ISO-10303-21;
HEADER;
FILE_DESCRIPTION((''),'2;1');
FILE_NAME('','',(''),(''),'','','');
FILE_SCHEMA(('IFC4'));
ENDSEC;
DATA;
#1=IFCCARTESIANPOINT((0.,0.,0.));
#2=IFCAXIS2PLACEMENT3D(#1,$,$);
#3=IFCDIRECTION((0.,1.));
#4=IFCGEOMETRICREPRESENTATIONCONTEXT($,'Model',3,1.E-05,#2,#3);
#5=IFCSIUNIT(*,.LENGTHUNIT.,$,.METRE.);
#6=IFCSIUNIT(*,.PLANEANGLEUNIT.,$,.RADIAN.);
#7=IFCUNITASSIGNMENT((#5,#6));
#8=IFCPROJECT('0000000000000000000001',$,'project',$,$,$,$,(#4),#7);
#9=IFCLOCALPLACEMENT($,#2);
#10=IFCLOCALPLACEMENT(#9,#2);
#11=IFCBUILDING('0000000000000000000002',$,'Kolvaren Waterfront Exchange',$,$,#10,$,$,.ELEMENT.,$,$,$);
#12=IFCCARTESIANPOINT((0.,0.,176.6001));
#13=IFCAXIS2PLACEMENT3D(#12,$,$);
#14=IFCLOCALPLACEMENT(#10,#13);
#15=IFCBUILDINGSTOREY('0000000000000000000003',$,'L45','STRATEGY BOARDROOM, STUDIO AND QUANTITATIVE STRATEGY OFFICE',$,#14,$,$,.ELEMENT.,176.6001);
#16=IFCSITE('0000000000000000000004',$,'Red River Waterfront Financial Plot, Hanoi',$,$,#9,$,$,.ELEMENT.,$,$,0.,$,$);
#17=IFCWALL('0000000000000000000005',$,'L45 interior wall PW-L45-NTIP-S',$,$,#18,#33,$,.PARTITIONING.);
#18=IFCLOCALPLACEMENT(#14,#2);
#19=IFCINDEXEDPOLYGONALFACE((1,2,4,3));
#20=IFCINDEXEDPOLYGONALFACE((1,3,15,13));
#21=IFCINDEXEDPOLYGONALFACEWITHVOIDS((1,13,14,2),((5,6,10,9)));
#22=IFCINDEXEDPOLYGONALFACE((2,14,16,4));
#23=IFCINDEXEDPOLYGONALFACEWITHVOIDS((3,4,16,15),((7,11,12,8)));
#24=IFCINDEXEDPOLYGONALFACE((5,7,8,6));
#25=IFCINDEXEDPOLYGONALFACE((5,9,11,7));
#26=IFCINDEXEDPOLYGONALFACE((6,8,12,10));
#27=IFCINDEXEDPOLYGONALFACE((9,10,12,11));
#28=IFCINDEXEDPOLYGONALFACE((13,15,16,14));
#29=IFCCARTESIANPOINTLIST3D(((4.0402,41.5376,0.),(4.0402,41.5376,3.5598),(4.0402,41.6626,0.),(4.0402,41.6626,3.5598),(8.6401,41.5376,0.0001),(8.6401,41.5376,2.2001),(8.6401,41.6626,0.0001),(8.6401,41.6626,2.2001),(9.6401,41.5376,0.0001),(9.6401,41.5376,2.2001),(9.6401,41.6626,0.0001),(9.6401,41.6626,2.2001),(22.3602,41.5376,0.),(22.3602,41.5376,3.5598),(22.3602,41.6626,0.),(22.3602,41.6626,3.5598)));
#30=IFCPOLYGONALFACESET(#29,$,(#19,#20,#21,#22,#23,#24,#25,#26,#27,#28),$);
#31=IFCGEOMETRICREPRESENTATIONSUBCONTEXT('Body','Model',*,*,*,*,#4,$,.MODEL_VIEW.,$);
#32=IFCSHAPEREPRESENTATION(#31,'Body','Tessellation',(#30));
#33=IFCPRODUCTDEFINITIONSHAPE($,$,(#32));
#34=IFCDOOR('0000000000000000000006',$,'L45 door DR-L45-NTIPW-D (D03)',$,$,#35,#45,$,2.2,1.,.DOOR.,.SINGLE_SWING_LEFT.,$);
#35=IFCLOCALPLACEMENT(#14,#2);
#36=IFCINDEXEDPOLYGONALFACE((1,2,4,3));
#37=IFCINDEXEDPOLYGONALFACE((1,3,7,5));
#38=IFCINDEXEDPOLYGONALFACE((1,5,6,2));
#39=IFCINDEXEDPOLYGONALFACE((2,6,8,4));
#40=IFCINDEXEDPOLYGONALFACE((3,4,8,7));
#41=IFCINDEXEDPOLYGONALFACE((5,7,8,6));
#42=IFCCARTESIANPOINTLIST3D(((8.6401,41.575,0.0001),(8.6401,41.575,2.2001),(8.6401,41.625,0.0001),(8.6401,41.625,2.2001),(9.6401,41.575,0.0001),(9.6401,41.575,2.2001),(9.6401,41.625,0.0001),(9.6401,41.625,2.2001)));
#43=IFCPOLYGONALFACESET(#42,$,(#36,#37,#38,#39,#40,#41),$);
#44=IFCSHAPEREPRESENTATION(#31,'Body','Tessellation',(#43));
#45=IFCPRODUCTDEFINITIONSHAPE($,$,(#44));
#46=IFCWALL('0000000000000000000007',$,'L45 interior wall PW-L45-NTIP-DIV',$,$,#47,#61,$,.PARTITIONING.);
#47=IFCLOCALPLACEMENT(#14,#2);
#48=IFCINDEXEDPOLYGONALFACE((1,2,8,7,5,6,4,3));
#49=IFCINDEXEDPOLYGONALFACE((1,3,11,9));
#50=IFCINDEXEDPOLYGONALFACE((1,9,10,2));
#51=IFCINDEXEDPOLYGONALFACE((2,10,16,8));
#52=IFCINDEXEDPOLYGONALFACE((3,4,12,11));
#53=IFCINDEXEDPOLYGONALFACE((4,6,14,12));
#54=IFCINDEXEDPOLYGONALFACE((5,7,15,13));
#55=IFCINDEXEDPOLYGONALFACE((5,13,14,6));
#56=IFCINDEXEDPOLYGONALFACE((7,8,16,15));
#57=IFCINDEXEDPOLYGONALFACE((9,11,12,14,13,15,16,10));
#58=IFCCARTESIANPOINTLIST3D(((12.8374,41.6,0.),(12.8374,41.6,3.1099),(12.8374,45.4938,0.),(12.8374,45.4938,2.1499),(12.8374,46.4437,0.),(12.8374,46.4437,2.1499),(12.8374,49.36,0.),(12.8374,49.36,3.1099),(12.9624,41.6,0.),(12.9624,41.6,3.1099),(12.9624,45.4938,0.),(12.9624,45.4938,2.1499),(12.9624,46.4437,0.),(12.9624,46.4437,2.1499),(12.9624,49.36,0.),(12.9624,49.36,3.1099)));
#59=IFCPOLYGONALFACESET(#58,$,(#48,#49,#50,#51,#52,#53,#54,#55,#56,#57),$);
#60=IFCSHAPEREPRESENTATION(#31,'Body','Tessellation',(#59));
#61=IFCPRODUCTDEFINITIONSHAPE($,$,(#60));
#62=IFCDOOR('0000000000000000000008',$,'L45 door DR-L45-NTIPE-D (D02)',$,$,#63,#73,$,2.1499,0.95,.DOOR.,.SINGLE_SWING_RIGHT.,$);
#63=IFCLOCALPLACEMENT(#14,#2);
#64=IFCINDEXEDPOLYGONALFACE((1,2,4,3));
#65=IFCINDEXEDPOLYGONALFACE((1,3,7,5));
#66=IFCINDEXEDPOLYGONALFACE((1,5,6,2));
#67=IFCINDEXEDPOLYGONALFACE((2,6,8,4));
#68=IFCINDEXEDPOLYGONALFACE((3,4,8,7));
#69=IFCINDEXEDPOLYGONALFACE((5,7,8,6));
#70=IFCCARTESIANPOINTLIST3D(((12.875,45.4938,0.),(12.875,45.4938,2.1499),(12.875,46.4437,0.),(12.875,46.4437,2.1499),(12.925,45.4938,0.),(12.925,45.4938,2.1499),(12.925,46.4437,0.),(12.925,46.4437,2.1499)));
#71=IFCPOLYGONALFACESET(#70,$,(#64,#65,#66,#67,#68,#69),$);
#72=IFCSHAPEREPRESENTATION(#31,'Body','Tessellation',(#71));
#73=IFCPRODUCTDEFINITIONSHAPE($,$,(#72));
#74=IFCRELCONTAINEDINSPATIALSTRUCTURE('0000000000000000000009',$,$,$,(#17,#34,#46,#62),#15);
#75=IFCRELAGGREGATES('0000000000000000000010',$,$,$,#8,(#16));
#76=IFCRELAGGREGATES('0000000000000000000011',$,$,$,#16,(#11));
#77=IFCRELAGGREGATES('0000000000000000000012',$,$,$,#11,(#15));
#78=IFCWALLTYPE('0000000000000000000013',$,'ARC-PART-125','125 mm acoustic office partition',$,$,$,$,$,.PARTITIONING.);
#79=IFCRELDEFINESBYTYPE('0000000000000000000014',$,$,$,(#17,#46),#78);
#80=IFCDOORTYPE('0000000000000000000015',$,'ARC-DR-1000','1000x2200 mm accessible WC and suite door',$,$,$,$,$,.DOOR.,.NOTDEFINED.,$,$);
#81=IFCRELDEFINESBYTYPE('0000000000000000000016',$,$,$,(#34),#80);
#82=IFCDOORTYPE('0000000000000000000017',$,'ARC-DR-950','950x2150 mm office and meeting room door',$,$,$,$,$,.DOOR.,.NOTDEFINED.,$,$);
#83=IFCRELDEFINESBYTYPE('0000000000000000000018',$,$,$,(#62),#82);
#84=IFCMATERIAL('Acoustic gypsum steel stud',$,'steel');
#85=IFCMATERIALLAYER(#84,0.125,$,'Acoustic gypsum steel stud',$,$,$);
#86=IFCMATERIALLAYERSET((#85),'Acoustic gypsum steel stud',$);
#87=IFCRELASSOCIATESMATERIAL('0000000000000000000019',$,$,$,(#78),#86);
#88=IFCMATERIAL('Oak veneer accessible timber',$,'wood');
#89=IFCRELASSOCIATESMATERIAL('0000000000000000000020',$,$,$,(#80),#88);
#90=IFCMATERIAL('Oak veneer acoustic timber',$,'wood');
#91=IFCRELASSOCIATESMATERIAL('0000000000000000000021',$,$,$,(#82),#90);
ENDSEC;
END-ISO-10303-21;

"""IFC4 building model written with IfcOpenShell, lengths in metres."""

from ifc_helpers import new_model, si_unit, direction, frame, frame_2d, origin, place, context, subcontext, project, spatial, rectangle, extrude, material, layer, layer_set, type_object, element, fill, save


model = new_model("IFC4")

# Units and contexts
model_context = context("Model", 3, precision=1e-05, world=origin(), true_north=direction((0.0, 1.0)))
body_context = subcontext(model_context, "Body", "Model", "MODEL_VIEW")
ifc_project = project(units=[si_unit("LENGTHUNIT", "METRE"), si_unit("PLANEANGLEUNIT", "RADIAN")], contexts=[model_context])

# Site, building, storey
site_placement = place(None, origin())
site = spatial("IfcSite", under=ifc_project, at=site_placement, Name="Red River Waterfront Financial Plot, Hanoi", CompositionType="ELEMENT", RefElevation=0.0)
building_placement = place(site_placement, origin())
building = spatial("IfcBuilding", under=site, at=building_placement, Name="Kolvaren Waterfront Exchange", CompositionType="ELEMENT")
storey_placement = place(building_placement, frame((0.0, 0.0, 176.6001)))
storey = spatial("IfcBuildingStorey", under=building, at=storey_placement, Name="L45", Description="STRATEGY BOARDROOM, STUDIO AND QUANTITATIVE STRATEGY OFFICE", CompositionType="ELEMENT", Elevation=176.6001)

# Walls, openings, doors
ifc_material_1 = material(Name="Acoustic gypsum steel stud", Category="steel")
ifc_layer_1 = layer(ifc_material_1, 0.125, Name="Acoustic gypsum steel stud")
ifc_layer_set_1 = layer_set([ifc_layer_1], Name="Acoustic gypsum steel stud")
wall_type_1 = type_object("IfcWallType", Name="ARC-PART-125", Description="125 mm acoustic office partition", PredefinedType="PARTITIONING", material=ifc_layer_set_1)
wall_1_placement = place(storey_placement, frame((4.04, 41.6001, 0.0), z_axis=(0.0, 0.0, 1.0), x_axis=(1.0, 0.0, 0.0)))
wall_1 = element("IfcWall", 1, at=wall_1_placement, inside=storey, type_object=wall_type_1, Name="L45 interior wall PW-L45-NTIP-S", PredefinedType="PARTITIONING", context=body_context, shape_type="SweptSolid", body=[
    extrude(rectangle(XDim=18.3201, YDim=0.125, at=frame_2d((9.1602, 0.0))), origin(), (0.0, 0.0, 1.0), 3.5598),
])
opening_1_placement = place(wall_1_placement, frame((4.6001, 0.0, 0.0)))
opening_1 = element("IfcOpeningElement", 2, at=opening_1_placement, cuts=wall_1, PredefinedType="OPENING", context=body_context, shape_type="SweptSolid", body=[
    extrude(rectangle(XDim=1.0, YDim=2.2, at=frame_2d((0.5, 1.1001))), frame((0.0, 0.0725, 0.0), z_axis=(0.0, -1.0, 0.0), x_axis=(1.0, 0.0, 0.0)), (0.0, 0.0, 1.0), 0.145),
])
ifc_material_2 = material(Name="Oak veneer accessible timber", Category="wood")
door_type_1 = type_object("IfcDoorType", Name="ARC-DR-1000", Description="1000x2200 mm accessible WC and suite door", OperationType="NOTDEFINED", PredefinedType="DOOR", material=ifc_material_2)
door_1_placement = place(opening_1_placement, origin())
door_1 = element("IfcDoor", 3, at=door_1_placement, inside=storey, type_object=door_type_1, Name="L45 door DR-L45-NTIPW-D (D03)", OperationType="SINGLE_SWING_LEFT", OverallHeight=2.2, OverallWidth=1.0, PredefinedType="DOOR", context=body_context, shape_type="SweptSolid", body=[
    extrude(rectangle(XDim=1.0, YDim=2.2, at=frame_2d((0.5, 1.1001))), frame((0.0, 0.0249, 0.0), z_axis=(0.0, -1.0, 0.0), x_axis=(1.0, 0.0, 0.0)), (0.0, 0.0, 1.0), 0.05),
])
fill(opening_1, door_1)
wall_2_placement = place(storey_placement, frame((12.8999, 41.6001, 0.0), z_axis=(0.0, 0.0, 1.0), x_axis=(0.0, 1.0, 0.0)))
wall_2 = element("IfcWall", 4, at=wall_2_placement, inside=storey, type_object=wall_type_1, Name="L45 interior wall PW-L45-NTIP-DIV", PredefinedType="PARTITIONING", context=body_context, shape_type="SweptSolid", body=[
    extrude(rectangle(XDim=7.76, YDim=0.125, at=frame_2d((3.8799, 0.0))), origin(), (0.0, 0.0, 1.0), 3.1099),
])
opening_2_placement = place(wall_2_placement, frame((3.8936, 0.0, 0.0)))
opening_2 = element("IfcOpeningElement", 5, at=opening_2_placement, cuts=wall_2, PredefinedType="OPENING", context=body_context, shape_type="SweptSolid", body=[
    extrude(rectangle(XDim=0.95, YDim=2.1499, at=frame_2d((0.4751, 1.075))), frame((0.0, 0.0725, 0.0), z_axis=(0.0, -1.0, 0.0), x_axis=(1.0, 0.0, 0.0)), (0.0, 0.0, 1.0), 0.145),
])
ifc_material_3 = material(Name="Oak veneer acoustic timber", Category="wood")
door_type_2 = type_object("IfcDoorType", Name="ARC-DR-950", Description="950x2150 mm office and meeting room door", OperationType="NOTDEFINED", PredefinedType="DOOR", material=ifc_material_3)
door_2_placement = place(opening_2_placement, origin())
door_2 = element("IfcDoor", 6, at=door_2_placement, inside=storey, type_object=door_type_2, Name="L45 door DR-L45-NTIPE-D (D02)", OperationType="SINGLE_SWING_RIGHT", OverallHeight=2.1499, OverallWidth=0.95, PredefinedType="DOOR", context=body_context, shape_type="SweptSolid", body=[
    extrude(rectangle(XDim=0.95, YDim=2.1499, at=frame_2d((0.4751, 1.075))), frame((0.0, 0.0249, 0.0), z_axis=(0.0, -1.0, 0.0), x_axis=(1.0, 0.0, 0.0)), (0.0, 0.0, 1.0), 0.05),
])
fill(opening_2, door_2)

save(model, "model.ifc")
